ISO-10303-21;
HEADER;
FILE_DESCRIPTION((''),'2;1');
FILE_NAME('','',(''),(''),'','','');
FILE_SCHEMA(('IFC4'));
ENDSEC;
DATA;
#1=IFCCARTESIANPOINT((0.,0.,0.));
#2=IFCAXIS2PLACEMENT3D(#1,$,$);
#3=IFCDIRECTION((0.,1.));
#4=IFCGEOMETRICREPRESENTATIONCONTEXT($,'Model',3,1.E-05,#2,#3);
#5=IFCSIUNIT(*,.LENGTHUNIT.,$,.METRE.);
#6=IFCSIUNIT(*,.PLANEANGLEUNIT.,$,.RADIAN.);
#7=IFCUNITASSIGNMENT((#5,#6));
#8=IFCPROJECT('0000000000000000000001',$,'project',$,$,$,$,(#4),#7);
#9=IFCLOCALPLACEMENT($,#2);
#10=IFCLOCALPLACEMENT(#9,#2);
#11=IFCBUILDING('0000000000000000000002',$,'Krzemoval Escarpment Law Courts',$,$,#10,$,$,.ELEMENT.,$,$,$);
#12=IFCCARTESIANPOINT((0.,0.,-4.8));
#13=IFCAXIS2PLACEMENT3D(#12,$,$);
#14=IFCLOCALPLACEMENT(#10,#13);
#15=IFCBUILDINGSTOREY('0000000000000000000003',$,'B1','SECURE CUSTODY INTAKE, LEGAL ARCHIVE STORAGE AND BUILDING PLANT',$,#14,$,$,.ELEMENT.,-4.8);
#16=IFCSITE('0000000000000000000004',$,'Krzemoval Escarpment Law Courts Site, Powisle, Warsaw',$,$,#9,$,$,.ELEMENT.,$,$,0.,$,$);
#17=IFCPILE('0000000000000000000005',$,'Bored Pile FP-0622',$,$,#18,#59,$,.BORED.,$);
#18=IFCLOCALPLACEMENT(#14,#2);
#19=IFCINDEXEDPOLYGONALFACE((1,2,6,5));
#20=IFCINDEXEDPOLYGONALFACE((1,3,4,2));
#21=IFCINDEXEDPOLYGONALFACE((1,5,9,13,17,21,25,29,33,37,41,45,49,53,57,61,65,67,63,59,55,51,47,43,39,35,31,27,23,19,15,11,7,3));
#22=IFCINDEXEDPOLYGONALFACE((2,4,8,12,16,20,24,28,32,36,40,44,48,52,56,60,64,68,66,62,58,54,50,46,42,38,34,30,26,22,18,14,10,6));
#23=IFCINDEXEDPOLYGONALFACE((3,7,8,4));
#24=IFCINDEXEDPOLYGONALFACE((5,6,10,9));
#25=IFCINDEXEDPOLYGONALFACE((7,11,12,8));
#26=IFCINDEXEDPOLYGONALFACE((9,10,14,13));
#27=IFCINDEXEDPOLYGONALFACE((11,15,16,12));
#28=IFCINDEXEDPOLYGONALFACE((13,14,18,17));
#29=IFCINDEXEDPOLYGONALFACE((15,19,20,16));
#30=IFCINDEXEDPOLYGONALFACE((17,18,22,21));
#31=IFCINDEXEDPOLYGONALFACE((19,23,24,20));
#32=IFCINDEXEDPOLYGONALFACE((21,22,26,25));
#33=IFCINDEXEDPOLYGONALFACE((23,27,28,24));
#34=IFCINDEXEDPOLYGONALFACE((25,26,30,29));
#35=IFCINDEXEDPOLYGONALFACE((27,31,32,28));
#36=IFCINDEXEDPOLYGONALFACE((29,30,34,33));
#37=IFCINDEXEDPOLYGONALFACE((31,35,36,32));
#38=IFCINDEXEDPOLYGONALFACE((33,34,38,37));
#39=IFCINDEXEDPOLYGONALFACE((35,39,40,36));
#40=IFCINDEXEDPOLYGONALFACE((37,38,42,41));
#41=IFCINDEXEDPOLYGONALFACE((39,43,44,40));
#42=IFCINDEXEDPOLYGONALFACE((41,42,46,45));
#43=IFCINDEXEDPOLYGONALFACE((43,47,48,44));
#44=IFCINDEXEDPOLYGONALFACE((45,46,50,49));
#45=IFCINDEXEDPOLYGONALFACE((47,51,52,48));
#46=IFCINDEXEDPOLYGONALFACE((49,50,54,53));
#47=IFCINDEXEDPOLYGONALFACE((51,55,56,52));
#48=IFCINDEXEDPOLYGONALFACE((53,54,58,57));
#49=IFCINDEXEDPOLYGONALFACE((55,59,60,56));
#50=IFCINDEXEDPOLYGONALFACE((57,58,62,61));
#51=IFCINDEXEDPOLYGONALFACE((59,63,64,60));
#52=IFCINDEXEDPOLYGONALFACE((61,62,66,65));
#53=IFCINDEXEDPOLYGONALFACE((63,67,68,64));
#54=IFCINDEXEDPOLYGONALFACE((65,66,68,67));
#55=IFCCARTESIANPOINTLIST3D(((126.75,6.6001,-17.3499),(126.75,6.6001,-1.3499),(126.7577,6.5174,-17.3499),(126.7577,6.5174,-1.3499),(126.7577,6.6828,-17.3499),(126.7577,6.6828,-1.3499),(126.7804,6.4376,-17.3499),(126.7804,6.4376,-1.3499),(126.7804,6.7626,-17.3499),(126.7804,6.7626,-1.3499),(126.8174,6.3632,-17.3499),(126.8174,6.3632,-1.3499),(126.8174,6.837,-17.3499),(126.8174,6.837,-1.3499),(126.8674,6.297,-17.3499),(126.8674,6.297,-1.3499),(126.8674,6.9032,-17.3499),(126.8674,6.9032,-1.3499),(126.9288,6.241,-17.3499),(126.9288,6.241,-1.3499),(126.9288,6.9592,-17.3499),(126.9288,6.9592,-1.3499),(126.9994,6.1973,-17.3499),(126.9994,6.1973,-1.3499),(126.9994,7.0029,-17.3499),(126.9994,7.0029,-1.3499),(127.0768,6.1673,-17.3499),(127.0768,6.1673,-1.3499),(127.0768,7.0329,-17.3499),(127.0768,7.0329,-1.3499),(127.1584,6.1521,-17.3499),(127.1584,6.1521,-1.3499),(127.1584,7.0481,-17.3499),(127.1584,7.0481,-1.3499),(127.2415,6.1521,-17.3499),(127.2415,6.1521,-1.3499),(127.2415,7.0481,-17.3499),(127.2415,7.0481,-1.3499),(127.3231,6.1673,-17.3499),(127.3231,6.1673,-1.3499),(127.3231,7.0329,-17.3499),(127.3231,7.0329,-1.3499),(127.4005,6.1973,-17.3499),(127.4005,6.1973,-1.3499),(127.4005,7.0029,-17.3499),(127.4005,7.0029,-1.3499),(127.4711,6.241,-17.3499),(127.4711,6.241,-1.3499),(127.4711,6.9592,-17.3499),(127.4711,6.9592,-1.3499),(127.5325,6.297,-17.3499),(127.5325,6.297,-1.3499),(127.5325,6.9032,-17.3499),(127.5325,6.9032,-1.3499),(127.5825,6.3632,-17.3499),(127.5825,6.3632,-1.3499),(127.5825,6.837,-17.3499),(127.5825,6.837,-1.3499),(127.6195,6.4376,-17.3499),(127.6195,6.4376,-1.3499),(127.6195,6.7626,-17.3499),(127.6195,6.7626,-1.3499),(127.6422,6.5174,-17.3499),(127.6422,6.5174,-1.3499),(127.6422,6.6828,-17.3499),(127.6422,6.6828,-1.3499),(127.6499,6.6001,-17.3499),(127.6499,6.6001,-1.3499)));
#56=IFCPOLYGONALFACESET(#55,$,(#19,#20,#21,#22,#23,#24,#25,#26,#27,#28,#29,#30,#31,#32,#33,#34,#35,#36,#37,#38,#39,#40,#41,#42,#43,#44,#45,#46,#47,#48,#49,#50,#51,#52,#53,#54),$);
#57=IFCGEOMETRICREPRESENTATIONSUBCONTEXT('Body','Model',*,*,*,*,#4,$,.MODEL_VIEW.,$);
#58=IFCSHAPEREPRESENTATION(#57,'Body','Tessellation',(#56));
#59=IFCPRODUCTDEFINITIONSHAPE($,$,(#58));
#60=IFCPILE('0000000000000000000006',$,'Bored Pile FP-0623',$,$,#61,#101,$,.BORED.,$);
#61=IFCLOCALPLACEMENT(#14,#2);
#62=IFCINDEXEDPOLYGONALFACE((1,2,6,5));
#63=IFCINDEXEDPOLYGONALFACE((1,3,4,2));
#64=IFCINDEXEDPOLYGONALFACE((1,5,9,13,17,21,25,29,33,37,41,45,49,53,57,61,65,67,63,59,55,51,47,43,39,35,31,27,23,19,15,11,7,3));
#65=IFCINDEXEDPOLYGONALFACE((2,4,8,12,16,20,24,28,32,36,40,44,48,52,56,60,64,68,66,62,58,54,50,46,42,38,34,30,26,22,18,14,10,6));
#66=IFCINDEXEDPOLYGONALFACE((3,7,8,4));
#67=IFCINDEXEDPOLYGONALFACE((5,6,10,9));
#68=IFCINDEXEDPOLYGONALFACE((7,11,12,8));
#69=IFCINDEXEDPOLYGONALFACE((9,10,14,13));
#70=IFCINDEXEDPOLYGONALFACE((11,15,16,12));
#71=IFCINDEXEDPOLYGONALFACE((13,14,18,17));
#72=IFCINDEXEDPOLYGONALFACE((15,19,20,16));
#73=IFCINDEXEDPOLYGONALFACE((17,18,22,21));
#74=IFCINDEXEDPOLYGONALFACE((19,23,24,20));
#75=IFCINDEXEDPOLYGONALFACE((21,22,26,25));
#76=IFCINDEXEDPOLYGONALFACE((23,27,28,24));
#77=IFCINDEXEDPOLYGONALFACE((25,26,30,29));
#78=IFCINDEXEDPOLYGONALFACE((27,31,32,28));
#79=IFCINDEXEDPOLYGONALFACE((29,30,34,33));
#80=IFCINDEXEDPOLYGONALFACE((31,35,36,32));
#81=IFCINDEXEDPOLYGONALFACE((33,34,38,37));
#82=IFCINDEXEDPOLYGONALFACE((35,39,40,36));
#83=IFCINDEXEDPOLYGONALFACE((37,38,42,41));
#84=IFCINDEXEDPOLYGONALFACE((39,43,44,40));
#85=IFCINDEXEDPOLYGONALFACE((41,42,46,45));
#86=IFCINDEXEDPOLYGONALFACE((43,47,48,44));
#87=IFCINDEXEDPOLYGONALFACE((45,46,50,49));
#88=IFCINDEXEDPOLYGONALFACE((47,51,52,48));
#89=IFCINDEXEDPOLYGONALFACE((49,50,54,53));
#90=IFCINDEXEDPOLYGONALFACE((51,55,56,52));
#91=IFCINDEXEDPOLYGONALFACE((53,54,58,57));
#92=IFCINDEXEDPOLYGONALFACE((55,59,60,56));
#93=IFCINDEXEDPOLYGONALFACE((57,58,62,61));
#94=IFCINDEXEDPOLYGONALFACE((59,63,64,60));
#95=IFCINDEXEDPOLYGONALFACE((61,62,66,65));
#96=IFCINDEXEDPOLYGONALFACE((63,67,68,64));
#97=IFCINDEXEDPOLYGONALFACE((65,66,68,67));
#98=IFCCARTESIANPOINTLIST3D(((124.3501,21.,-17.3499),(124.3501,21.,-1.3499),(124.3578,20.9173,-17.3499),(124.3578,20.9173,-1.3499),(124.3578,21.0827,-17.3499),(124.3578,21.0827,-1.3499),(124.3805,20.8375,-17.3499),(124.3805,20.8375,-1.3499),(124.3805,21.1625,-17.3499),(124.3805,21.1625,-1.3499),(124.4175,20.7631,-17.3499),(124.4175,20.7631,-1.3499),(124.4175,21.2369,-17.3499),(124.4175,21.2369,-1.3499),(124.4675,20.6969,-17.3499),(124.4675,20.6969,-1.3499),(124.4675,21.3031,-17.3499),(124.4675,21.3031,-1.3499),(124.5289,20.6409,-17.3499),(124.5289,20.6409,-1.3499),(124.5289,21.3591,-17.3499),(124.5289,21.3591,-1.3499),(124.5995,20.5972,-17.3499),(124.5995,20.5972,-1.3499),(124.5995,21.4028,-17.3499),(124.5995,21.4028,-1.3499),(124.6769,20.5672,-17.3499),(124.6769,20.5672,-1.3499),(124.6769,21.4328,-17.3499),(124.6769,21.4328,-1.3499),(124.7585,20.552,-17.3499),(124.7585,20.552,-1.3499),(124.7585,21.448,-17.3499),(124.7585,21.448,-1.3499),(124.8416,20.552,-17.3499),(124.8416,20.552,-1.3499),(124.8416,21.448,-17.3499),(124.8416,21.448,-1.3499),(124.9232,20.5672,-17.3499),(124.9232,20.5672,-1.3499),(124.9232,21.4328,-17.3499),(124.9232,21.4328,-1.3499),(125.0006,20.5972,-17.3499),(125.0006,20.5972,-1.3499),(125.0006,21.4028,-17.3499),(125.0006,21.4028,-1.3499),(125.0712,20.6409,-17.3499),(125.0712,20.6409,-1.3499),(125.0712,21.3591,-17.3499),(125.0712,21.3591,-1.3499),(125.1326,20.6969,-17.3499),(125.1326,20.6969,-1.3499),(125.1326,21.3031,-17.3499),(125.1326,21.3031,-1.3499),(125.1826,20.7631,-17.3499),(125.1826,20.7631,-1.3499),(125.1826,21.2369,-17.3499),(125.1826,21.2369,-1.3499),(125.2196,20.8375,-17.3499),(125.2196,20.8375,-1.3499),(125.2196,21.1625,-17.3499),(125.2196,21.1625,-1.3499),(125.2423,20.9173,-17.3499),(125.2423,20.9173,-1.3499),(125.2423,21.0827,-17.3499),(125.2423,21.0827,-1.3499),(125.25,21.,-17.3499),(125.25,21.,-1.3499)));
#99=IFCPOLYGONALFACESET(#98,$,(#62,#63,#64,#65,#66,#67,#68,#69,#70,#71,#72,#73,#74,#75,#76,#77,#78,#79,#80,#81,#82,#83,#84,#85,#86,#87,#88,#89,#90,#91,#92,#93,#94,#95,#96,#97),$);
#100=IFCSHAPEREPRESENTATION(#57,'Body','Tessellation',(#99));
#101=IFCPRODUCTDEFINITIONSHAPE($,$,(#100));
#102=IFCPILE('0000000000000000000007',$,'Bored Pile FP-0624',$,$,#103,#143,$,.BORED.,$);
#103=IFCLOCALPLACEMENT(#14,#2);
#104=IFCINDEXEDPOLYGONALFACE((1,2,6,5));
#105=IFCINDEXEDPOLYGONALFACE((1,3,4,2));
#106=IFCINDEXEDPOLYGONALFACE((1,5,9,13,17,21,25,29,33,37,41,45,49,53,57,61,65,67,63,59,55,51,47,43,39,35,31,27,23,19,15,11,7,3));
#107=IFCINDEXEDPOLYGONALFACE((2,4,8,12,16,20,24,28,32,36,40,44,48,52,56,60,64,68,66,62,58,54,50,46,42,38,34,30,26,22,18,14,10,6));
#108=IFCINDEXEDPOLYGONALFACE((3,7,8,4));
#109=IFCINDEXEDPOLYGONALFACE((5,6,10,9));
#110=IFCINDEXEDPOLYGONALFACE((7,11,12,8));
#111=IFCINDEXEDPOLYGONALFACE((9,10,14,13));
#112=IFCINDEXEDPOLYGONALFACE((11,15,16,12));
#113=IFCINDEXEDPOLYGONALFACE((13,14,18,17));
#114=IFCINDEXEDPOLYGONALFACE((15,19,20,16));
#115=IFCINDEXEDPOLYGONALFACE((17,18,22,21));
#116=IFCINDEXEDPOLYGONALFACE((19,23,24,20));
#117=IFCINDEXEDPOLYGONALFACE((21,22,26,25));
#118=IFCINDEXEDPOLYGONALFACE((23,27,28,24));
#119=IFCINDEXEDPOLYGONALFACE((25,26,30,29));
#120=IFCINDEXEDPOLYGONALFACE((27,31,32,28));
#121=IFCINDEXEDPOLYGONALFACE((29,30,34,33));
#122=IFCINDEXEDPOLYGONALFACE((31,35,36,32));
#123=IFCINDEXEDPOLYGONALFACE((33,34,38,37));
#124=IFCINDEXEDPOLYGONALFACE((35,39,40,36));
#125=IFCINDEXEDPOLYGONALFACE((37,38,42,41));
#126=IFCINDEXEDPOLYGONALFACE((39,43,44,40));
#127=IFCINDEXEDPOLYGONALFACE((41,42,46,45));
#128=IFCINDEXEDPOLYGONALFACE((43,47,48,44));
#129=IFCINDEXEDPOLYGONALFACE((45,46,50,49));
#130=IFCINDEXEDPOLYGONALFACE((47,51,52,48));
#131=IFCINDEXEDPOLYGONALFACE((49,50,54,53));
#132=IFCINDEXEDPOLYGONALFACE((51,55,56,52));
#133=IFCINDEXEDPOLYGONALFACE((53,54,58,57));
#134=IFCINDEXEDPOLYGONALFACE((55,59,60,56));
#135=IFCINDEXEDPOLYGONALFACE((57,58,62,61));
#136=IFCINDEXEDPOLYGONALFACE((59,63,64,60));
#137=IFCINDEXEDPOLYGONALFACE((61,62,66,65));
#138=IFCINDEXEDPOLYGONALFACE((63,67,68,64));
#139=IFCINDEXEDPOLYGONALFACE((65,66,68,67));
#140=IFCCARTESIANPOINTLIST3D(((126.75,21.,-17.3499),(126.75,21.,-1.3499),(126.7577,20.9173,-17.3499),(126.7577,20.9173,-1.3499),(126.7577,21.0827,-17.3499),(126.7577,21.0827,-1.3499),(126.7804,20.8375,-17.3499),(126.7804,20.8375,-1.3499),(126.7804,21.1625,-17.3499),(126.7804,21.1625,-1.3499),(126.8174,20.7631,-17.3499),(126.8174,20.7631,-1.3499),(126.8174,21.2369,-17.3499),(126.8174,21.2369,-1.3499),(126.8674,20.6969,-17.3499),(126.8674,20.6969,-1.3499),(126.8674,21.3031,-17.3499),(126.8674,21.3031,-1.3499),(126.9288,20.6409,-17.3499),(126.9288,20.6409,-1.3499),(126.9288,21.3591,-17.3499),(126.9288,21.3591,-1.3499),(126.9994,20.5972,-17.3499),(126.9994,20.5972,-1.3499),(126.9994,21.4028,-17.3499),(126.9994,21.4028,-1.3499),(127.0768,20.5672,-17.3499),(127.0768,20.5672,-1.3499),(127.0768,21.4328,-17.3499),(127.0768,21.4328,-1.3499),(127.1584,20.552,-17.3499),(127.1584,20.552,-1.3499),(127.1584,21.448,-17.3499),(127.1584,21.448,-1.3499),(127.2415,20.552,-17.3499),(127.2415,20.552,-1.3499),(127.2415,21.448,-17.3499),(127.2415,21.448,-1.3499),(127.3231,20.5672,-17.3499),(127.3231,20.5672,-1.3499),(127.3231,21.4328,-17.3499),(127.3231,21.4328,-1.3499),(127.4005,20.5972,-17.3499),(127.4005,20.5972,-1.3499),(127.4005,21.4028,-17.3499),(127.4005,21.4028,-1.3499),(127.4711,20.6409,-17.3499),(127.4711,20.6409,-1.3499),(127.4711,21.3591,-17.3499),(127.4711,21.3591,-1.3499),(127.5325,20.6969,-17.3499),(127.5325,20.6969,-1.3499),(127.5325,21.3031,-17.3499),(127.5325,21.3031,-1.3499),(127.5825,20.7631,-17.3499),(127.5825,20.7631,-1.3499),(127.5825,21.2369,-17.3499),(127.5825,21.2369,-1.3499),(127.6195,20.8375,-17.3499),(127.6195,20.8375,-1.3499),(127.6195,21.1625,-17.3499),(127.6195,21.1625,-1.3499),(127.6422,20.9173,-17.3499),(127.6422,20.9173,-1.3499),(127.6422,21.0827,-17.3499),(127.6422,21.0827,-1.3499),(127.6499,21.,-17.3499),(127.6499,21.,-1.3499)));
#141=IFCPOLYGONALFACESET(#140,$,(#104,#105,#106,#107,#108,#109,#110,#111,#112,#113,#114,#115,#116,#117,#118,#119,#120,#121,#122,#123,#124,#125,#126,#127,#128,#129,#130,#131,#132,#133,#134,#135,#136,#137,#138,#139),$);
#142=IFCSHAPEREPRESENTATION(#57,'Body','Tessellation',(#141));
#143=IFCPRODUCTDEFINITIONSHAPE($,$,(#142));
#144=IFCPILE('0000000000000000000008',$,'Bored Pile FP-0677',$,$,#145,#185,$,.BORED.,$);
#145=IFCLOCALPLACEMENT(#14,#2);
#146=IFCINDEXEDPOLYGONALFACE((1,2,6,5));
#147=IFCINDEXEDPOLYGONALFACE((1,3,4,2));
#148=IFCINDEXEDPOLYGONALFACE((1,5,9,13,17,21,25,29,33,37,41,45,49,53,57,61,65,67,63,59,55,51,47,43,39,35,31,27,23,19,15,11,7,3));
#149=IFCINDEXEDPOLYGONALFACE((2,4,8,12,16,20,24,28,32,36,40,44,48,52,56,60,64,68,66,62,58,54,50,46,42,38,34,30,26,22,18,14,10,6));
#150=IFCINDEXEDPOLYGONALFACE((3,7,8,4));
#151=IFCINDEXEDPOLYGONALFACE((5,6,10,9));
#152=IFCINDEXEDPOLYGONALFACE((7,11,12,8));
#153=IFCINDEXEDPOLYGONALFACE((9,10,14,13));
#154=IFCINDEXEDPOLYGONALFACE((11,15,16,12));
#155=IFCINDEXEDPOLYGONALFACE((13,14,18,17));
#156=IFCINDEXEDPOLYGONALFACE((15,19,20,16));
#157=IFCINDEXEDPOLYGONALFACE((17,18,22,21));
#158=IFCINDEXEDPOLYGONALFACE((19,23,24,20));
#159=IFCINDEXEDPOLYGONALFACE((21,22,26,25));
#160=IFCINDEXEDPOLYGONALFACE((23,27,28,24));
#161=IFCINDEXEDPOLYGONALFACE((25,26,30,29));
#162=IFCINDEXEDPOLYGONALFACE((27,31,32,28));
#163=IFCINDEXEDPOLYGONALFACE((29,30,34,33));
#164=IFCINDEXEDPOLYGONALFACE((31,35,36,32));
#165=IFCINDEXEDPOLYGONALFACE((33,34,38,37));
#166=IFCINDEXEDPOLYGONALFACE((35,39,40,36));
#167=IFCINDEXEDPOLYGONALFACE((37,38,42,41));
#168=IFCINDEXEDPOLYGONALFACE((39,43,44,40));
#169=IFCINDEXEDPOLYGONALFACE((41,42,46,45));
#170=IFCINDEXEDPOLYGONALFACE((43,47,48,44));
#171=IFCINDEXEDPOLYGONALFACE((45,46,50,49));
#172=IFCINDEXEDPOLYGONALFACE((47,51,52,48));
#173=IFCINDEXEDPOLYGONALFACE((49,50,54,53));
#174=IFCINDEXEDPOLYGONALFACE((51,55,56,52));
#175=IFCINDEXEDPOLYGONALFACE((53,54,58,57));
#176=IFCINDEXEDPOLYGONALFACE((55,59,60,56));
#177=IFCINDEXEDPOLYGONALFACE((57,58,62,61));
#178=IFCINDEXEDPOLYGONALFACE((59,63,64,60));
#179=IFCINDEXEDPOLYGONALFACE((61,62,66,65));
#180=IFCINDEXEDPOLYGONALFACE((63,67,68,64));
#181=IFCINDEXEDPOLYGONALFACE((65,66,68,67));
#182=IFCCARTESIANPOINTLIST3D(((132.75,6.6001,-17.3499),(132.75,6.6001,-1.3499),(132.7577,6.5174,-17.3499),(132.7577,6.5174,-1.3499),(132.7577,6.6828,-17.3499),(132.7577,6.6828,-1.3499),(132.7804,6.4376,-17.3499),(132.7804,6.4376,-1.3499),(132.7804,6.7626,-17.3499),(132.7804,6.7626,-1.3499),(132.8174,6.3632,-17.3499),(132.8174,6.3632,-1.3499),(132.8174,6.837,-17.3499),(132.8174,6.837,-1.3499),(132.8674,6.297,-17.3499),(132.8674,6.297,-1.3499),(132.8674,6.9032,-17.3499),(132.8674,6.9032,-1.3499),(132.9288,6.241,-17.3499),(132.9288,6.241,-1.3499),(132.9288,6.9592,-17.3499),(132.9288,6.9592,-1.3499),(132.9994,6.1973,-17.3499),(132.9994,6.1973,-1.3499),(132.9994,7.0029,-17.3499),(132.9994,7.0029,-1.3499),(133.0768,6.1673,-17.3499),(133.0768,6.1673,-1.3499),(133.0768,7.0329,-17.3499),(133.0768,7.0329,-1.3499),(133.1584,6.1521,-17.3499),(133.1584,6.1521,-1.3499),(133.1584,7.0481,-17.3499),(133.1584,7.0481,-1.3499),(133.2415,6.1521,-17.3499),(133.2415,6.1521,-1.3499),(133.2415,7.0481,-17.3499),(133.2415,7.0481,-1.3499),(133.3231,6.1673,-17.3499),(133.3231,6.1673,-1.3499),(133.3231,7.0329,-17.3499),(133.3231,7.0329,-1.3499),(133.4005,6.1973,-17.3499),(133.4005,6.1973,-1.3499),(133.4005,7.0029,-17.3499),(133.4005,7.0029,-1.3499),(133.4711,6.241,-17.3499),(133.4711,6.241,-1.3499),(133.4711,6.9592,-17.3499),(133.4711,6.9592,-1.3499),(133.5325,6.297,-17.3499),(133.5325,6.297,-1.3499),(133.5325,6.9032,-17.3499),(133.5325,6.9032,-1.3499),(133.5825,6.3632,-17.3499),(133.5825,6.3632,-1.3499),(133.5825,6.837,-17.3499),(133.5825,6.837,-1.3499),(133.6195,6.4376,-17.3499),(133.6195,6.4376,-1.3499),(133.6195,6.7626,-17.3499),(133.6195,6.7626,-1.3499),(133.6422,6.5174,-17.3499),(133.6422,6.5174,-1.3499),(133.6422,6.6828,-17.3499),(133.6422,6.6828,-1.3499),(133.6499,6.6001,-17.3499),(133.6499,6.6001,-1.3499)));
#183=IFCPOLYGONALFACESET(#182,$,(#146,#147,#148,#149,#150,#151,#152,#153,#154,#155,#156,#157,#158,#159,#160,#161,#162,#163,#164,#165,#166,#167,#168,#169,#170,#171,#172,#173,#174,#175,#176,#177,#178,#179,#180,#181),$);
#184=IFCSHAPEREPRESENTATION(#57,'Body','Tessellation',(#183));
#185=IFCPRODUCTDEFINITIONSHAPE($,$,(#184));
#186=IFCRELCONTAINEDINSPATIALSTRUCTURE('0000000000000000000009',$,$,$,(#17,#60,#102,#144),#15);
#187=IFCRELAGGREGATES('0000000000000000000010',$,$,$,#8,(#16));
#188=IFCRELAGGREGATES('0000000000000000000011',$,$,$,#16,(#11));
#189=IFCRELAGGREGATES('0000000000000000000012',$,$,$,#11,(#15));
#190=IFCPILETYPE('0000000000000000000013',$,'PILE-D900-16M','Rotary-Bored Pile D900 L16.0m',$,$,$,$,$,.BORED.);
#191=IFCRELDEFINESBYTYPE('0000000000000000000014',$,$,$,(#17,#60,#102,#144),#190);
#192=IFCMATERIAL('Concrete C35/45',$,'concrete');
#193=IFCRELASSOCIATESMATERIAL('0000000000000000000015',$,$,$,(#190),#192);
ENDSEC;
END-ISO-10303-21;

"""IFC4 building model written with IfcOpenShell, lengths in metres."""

from ifc_helpers import new_model, si_unit, direction, frame, origin, origin_2d, place, context, subcontext, project, spatial, circle, extrude, material, material_profile, profile_set, type_object, element, save


model = new_model("IFC4")

# Units and contexts
model_context = context("Model", 3, precision=1e-05, world=origin(), true_north=direction((0.0, 1.0)))
body_context = subcontext(model_context, "Body", "Model", "MODEL_VIEW")
ifc_project = project(units=[si_unit("LENGTHUNIT", "METRE"), si_unit("PLANEANGLEUNIT", "RADIAN")], contexts=[model_context])

# Site, building, storey
site_placement = place(None, origin())
site = spatial("IfcSite", under=ifc_project, at=site_placement, Name="Krzemoval Escarpment Law Courts Site, Powisle, Warsaw", CompositionType="ELEMENT", RefElevation=0.0)
building_placement = place(site_placement, origin())
building = spatial("IfcBuilding", under=site, at=building_placement, Name="Krzemoval Escarpment Law Courts", CompositionType="ELEMENT")
storey_placement = place(building_placement, frame((0.0, 0.0, -4.8)))
storey = spatial("IfcBuildingStorey", under=building, at=storey_placement, Name="B1", Description="SECURE CUSTODY INTAKE, LEGAL ARCHIVE STORAGE AND BUILDING PLANT", CompositionType="ELEMENT", Elevation=-4.8)

# Piles
ifc_material_1 = material(Name="Concrete C35/45", Category="concrete")
ifc_material_profile_1 = material_profile(ifc_material_1, circle(Radius=0.45, at=origin_2d()), Name="PILE D900")
ifc_profile_set_1 = profile_set([ifc_material_profile_1], Name="Concrete C35/45")
pile_type = type_object("IfcPileType", Name="PILE-D900-16M", Description="Rotary-Bored Pile D900 L16.0m", PredefinedType="BORED", material=ifc_profile_set_1)
for number, where, z_axis, x_axis, name in (
    (1, (127.2, 6.6001, -1.3499), (0.0, 0.0, -1.0), (1.0, 0.0, 0.0), "Bored Pile FP-0622"),
    (2, (124.8, 21.0, -1.3499), (0.0, 0.0, -1.0), (1.0, 0.0, 0.0), "Bored Pile FP-0623"),
    (3, (127.2, 21.0, -1.3499), (0.0, 0.0, -1.0), (1.0, 0.0, 0.0), "Bored Pile FP-0624"),
    (4, (133.2, 6.6001, -1.3499), (0.0, 0.0, -1.0), (1.0, 0.0, 0.0), "Bored Pile FP-0677"),
):
    element("IfcPile", number, at=place(storey_placement, frame(where, z_axis=z_axis, x_axis=x_axis)), inside=storey, type_object=pile_type, Name=name, PredefinedType="BORED", context=body_context, shape_type="SweptSolid", body=[
        extrude(circle(Radius=0.45, at=origin_2d()), origin(), (0.0, 0.0, 1.0), 16.0),
    ])

save(model, "model.ifc")
